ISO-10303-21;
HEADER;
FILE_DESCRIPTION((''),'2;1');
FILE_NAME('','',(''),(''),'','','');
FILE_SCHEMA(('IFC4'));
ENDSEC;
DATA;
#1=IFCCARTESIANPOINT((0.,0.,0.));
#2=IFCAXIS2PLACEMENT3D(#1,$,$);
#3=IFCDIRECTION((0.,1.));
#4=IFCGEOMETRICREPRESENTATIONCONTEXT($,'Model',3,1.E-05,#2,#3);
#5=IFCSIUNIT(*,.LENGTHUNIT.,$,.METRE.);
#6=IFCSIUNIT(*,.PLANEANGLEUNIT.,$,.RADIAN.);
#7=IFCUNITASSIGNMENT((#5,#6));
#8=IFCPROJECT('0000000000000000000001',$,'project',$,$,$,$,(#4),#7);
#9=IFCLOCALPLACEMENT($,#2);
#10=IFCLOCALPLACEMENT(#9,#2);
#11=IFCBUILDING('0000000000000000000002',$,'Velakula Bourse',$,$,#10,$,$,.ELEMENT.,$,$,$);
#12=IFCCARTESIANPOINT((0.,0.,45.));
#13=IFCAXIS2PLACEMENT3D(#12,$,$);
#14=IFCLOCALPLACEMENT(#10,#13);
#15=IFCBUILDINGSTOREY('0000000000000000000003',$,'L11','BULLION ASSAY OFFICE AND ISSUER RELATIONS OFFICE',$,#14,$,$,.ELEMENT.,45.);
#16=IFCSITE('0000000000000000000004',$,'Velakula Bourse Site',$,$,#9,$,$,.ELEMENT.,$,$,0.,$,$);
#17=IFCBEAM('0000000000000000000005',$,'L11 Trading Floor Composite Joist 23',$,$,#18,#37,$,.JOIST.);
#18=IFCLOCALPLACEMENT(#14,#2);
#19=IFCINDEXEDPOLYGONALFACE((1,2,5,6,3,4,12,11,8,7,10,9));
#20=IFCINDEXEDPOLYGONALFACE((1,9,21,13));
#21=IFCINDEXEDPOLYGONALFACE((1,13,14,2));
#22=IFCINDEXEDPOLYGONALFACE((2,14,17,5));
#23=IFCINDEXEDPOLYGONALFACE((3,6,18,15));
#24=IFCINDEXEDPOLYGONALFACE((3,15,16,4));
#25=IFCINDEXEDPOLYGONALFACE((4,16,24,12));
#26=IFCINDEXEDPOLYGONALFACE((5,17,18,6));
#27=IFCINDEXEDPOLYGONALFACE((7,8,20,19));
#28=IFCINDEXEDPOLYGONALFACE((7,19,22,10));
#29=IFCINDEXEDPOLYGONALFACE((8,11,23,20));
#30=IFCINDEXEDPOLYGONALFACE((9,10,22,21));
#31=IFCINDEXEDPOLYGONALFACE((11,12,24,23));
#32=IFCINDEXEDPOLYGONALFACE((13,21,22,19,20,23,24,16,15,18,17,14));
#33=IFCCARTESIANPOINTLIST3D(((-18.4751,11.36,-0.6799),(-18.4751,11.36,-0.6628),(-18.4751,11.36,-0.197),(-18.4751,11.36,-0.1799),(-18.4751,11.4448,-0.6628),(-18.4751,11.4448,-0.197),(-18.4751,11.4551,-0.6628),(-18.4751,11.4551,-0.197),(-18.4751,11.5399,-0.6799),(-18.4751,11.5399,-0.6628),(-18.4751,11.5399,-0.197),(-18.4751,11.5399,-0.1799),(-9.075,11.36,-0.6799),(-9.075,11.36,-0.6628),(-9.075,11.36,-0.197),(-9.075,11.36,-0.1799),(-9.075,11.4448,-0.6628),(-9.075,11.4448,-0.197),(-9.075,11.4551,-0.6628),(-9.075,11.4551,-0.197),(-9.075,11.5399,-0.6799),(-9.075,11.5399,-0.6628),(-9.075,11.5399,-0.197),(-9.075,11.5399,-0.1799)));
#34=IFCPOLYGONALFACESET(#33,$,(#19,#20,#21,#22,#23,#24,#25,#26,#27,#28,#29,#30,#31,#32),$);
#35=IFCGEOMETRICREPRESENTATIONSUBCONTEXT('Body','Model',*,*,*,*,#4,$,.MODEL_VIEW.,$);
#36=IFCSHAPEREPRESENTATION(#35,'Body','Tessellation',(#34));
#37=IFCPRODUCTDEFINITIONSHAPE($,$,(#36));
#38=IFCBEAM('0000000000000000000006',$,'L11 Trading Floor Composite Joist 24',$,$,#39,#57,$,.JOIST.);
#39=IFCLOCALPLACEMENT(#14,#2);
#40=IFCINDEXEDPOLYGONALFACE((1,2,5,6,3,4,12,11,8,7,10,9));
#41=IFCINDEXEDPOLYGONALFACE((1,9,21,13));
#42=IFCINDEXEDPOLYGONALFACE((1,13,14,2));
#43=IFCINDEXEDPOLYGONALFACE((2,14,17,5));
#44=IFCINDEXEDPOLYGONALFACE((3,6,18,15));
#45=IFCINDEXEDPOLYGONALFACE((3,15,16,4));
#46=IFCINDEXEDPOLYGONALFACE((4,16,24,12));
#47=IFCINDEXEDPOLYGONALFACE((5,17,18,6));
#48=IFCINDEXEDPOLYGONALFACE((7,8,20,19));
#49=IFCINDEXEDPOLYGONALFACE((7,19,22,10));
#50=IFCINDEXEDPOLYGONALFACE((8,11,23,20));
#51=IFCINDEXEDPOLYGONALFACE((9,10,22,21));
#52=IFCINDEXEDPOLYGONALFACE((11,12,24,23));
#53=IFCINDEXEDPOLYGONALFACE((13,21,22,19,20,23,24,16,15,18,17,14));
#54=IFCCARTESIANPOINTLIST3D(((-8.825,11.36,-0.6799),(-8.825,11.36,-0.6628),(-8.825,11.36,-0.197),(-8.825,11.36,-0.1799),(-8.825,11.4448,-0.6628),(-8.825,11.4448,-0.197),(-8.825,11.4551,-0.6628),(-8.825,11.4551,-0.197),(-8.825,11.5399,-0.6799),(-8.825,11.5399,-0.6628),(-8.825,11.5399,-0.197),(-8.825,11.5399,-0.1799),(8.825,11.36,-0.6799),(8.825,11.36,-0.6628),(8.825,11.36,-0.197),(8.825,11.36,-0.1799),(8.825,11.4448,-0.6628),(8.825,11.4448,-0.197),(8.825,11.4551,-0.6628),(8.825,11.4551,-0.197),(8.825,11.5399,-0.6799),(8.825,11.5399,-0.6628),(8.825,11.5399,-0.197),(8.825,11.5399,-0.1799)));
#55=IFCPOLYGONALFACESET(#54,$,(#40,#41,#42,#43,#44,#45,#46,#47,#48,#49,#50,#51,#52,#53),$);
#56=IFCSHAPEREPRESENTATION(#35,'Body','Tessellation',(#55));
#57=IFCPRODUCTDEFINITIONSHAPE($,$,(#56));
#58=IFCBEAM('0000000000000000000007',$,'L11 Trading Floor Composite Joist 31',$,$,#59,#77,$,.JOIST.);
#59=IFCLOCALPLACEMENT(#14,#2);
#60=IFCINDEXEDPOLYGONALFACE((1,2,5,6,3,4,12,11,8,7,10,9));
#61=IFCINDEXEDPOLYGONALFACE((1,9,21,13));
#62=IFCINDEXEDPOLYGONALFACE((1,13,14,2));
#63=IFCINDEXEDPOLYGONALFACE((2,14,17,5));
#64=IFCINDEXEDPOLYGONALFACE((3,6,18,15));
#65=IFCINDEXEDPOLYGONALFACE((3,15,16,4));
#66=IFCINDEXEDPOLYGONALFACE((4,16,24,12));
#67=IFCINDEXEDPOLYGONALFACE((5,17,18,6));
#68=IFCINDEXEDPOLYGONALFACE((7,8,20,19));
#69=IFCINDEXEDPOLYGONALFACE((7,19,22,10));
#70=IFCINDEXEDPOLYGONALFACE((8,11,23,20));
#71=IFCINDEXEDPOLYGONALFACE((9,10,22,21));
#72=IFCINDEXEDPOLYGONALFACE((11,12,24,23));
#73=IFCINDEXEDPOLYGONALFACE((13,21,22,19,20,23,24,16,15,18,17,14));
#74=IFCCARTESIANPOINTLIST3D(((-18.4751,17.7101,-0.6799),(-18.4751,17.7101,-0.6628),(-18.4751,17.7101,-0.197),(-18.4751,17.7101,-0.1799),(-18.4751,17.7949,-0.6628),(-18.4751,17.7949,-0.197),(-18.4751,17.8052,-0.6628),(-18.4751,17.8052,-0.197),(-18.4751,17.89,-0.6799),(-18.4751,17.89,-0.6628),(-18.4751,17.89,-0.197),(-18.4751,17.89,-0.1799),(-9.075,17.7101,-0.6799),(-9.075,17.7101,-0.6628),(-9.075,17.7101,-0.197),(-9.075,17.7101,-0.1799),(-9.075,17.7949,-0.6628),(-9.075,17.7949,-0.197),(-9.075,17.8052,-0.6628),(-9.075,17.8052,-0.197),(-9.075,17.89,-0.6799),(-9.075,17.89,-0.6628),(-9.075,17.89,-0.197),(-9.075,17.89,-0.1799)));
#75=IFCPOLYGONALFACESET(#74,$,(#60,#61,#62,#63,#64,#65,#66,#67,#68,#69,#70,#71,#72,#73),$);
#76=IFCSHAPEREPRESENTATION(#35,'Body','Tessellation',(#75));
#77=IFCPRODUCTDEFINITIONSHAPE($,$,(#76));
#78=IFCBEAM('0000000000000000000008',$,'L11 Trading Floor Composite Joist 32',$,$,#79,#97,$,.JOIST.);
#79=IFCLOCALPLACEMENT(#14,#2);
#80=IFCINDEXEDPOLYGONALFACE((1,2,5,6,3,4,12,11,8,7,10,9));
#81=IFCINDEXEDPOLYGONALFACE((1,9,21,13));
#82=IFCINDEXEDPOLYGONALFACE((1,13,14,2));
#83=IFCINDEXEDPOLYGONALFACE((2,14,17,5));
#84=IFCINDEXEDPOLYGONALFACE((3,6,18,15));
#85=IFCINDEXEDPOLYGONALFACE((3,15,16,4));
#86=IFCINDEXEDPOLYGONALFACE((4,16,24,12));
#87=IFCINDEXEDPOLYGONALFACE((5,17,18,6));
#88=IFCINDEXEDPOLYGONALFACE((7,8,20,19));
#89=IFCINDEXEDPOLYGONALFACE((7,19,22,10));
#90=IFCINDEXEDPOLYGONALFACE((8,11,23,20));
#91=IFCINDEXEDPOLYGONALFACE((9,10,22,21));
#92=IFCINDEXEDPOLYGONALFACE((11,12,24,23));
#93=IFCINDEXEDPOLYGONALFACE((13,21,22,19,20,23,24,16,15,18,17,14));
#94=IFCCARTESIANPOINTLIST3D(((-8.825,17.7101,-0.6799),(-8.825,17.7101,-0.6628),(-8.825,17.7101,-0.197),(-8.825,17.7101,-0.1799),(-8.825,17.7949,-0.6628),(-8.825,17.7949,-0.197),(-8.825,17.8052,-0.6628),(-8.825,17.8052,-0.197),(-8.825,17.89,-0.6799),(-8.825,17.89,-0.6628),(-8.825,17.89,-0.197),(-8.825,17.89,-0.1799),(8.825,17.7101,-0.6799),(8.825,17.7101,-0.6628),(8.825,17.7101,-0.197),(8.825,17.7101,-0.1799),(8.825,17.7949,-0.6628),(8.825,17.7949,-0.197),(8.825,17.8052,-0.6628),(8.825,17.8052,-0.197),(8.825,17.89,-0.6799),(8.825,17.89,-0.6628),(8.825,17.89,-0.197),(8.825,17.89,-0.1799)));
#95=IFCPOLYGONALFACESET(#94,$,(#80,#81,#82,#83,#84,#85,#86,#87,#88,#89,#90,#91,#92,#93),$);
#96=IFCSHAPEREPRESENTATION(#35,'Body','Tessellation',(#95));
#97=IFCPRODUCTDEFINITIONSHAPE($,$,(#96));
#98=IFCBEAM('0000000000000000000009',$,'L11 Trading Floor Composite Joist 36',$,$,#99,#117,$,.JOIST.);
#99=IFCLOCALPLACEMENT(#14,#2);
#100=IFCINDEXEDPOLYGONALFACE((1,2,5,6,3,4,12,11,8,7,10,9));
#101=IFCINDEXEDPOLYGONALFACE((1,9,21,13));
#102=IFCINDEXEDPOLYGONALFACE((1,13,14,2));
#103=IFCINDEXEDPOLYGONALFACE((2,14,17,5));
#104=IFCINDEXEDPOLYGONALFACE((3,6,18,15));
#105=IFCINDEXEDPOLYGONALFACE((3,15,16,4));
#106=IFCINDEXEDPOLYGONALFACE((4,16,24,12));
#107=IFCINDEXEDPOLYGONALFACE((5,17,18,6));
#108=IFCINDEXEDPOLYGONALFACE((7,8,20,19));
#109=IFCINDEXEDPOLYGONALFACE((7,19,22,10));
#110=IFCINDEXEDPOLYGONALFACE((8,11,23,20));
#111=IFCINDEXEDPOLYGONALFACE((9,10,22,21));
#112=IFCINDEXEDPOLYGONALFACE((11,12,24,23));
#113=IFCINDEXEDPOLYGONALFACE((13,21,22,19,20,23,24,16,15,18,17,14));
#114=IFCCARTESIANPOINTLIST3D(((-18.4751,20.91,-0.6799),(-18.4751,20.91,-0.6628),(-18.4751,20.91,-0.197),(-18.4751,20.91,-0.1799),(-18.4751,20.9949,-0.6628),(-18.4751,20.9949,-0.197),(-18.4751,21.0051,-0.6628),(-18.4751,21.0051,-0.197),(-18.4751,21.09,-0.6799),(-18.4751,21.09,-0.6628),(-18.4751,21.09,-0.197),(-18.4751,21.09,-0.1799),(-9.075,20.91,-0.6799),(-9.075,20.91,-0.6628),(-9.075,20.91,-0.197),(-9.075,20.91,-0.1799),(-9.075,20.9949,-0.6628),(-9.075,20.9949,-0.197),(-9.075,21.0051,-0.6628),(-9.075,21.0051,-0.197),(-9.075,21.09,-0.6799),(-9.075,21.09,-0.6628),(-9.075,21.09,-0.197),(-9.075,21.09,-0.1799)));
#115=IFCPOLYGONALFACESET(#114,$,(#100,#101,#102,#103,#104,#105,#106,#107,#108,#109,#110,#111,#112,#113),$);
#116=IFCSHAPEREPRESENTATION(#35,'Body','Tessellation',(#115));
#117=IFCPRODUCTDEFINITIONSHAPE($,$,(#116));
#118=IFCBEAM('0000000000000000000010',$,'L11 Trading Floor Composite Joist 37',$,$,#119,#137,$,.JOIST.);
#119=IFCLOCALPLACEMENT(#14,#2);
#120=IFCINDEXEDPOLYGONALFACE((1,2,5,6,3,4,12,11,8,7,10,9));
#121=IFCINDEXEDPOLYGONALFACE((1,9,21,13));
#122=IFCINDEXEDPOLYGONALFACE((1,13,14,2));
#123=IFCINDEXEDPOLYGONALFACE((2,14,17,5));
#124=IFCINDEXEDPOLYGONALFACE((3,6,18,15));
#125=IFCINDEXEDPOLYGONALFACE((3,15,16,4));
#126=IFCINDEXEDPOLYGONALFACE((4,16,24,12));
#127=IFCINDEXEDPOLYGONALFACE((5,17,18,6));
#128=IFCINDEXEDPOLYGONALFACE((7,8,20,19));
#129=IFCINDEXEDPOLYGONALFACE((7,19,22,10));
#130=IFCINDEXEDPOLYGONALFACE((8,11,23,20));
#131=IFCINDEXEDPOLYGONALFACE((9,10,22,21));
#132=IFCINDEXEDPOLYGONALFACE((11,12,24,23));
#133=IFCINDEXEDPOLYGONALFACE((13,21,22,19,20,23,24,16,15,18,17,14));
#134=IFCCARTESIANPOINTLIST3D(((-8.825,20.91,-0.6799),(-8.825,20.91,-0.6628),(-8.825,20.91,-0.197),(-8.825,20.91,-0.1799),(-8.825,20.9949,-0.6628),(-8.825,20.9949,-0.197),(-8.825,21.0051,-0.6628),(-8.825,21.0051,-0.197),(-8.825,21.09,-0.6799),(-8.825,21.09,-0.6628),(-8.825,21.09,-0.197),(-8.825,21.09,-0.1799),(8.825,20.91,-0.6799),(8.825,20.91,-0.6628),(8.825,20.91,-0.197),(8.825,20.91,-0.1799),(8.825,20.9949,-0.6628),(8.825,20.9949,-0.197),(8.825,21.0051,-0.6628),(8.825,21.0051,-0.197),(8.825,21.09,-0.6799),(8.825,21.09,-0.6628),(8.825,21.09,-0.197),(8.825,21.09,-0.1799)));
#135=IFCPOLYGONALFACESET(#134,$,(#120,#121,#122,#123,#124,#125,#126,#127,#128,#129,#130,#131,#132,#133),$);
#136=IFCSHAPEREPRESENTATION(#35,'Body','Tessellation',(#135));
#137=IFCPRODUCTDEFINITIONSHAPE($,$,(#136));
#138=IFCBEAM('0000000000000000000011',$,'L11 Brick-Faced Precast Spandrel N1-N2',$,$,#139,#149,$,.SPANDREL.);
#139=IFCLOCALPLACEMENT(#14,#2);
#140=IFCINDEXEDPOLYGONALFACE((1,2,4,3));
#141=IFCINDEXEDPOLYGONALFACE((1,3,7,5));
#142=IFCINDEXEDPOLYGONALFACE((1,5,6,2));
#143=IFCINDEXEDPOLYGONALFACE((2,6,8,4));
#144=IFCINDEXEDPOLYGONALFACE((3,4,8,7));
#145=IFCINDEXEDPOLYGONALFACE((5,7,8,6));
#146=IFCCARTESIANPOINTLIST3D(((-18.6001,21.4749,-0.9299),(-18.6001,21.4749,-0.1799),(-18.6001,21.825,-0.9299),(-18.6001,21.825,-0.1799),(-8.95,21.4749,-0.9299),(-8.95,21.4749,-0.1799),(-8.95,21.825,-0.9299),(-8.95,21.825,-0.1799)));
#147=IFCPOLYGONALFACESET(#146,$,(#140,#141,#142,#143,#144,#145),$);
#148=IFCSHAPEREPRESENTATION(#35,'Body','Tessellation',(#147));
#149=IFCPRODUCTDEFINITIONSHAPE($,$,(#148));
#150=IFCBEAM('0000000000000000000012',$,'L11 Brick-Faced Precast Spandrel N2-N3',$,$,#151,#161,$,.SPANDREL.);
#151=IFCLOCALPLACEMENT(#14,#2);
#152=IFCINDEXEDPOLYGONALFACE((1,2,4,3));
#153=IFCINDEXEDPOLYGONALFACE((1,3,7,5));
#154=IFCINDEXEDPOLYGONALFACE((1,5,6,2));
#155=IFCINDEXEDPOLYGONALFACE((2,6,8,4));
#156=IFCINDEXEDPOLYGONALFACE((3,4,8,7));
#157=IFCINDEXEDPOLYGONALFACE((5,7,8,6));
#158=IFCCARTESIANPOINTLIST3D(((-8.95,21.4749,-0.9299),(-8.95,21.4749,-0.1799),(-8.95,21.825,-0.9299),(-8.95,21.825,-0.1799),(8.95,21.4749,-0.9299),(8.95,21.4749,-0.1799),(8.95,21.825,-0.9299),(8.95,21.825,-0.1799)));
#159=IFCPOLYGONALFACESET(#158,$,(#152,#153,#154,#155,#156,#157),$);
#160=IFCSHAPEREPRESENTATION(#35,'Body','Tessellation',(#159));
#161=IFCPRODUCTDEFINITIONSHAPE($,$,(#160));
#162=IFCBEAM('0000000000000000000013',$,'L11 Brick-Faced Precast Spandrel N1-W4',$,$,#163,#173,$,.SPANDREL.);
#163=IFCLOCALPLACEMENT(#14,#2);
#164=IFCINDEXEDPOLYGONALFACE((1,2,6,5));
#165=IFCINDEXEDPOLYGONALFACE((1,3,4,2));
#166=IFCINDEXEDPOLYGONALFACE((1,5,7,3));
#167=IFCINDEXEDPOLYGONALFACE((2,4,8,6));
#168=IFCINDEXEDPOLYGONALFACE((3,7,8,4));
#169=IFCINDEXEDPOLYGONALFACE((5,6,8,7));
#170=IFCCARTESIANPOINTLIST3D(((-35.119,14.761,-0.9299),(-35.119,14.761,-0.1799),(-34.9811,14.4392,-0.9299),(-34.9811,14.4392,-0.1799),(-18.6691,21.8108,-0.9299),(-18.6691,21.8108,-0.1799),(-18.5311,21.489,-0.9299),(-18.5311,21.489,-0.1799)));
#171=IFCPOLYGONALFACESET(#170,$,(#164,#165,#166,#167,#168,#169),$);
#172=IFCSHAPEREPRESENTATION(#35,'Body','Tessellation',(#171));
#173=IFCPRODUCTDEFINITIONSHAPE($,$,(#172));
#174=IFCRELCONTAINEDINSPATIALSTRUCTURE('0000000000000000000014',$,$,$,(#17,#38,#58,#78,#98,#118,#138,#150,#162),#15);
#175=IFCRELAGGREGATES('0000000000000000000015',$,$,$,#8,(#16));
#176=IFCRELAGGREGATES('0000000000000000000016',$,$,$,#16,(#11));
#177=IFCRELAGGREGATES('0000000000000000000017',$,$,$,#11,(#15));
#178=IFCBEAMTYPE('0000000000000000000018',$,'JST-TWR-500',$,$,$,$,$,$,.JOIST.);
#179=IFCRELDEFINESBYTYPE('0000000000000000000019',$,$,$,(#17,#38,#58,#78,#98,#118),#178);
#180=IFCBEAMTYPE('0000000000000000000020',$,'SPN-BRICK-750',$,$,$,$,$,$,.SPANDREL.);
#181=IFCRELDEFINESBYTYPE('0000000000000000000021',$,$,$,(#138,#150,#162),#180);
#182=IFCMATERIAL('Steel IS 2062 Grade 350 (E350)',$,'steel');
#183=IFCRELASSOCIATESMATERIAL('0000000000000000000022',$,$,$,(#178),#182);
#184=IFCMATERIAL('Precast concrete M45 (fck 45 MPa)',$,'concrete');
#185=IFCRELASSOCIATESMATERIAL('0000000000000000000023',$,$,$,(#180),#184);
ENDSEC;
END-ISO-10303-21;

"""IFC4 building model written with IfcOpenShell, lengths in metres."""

from ifc_helpers import new_model, si_unit, direction, frame, origin, origin_2d, place, context, subcontext, project, spatial, rectangle, i_section, extrude, material, material_profile, profile_set, type_object, element, save


model = new_model("IFC4")

# Units and contexts
model_context = context("Model", 3, precision=1e-05, world=origin(), true_north=direction((0.0, 1.0)))
body_context = subcontext(model_context, "Body", "Model", "MODEL_VIEW")
ifc_project = project(units=[si_unit("LENGTHUNIT", "METRE"), si_unit("PLANEANGLEUNIT", "RADIAN")], contexts=[model_context])

# Site, building, storey
site_placement = place(None, origin())
site = spatial("IfcSite", under=ifc_project, at=site_placement, Name="Velakula Bourse Site", CompositionType="ELEMENT", RefElevation=0.0)
building_placement = place(site_placement, origin())
building = spatial("IfcBuilding", under=site, at=building_placement, Name="Velakula Bourse", CompositionType="ELEMENT")
storey_placement = place(building_placement, frame((0.0, 0.0, 45.0)))
storey = spatial("IfcBuildingStorey", under=building, at=storey_placement, Name="L11", Description="BULLION ASSAY OFFICE AND ISSUER RELATIONS OFFICE", CompositionType="ELEMENT", Elevation=45.0)

# Shared definitions
ifc_material_1 = material(Name="Precast concrete M45 (fck 45 MPa)", Category="concrete")

# Beams
ifc_material_2 = material(Name="Steel IS 2062 Grade 350 (E350)", Category="steel")
ifc_material_profile_1 = material_profile(ifc_material_2, i_section(OverallWidth=0.1799, OverallDepth=0.5, WebThickness=0.0103, FlangeThickness=0.0171, at=origin_2d()), Name="Steel IS 2062 Grade 350 (E350)")
ifc_profile_set_1 = profile_set([ifc_material_profile_1], Name="Steel IS 2062 Grade 350 (E350)")
beam_type_1 = type_object("IfcBeamType", Name="JST-TWR-500", PredefinedType="JOIST", material=ifc_profile_set_1)
beam_1_placement = place(storey_placement, frame((-18.4751, 11.45, -0.4299), z_axis=(1.0, 0.0, 0.0), x_axis=(0.0, 1.0, 0.0)))
element("IfcBeam", 1, at=beam_1_placement, inside=storey, type_object=beam_type_1, Name="L11 Trading Floor Composite Joist 23", PredefinedType="JOIST", context=body_context, shape_type="SweptSolid", body=[
    extrude(i_section(OverallWidth=0.1799, OverallDepth=0.5, WebThickness=0.0103, FlangeThickness=0.0171, at=origin_2d()), origin(), (0.0, 0.0, 1.0), 9.4001),
])
beam_2_placement = place(storey_placement, frame((-8.825, 11.45, -0.4299), z_axis=(1.0, 0.0, 0.0), x_axis=(0.0, 1.0, 0.0)))
element("IfcBeam", 2, at=beam_2_placement, inside=storey, type_object=beam_type_1, Name="L11 Trading Floor Composite Joist 24", PredefinedType="JOIST", context=body_context, shape_type="SweptSolid", body=[
    extrude(i_section(OverallWidth=0.1799, OverallDepth=0.5, WebThickness=0.0103, FlangeThickness=0.0171, at=origin_2d()), origin(), (0.0, 0.0, 1.0), 17.6499),
])
beam_3_placement = place(storey_placement, frame((-18.4751, 17.8, -0.4299), z_axis=(1.0, 0.0, 0.0), x_axis=(0.0, 1.0, 0.0)))
element("IfcBeam", 3, at=beam_3_placement, inside=storey, type_object=beam_type_1, Name="L11 Trading Floor Composite Joist 31", PredefinedType="JOIST", context=body_context, shape_type="SweptSolid", body=[
    extrude(i_section(OverallWidth=0.1799, OverallDepth=0.5, WebThickness=0.0103, FlangeThickness=0.0171, at=origin_2d()), origin(), (0.0, 0.0, 1.0), 9.4001),
])
beam_4_placement = place(storey_placement, frame((-8.825, 17.8, -0.4299), z_axis=(1.0, 0.0, 0.0), x_axis=(0.0, 1.0, 0.0)))
element("IfcBeam", 4, at=beam_4_placement, inside=storey, type_object=beam_type_1, Name="L11 Trading Floor Composite Joist 32", PredefinedType="JOIST", context=body_context, shape_type="SweptSolid", body=[
    extrude(i_section(OverallWidth=0.1799, OverallDepth=0.5, WebThickness=0.0103, FlangeThickness=0.0171, at=origin_2d()), origin(), (0.0, 0.0, 1.0), 17.6499),
])
beam_5_placement = place(storey_placement, frame((-18.4751, 21.0, -0.4299), z_axis=(1.0, 0.0, 0.0), x_axis=(0.0, 1.0, 0.0)))
element("IfcBeam", 5, at=beam_5_placement, inside=storey, type_object=beam_type_1, Name="L11 Trading Floor Composite Joist 36", PredefinedType="JOIST", context=body_context, shape_type="SweptSolid", body=[
    extrude(i_section(OverallWidth=0.1799, OverallDepth=0.5, WebThickness=0.0103, FlangeThickness=0.0171, at=origin_2d()), origin(), (0.0, 0.0, 1.0), 9.4001),
])
beam_6_placement = place(storey_placement, frame((-8.825, 21.0, -0.4299), z_axis=(1.0, 0.0, 0.0), x_axis=(0.0, 1.0, 0.0)))
element("IfcBeam", 6, at=beam_6_placement, inside=storey, type_object=beam_type_1, Name="L11 Trading Floor Composite Joist 37", PredefinedType="JOIST", context=body_context, shape_type="SweptSolid", body=[
    extrude(i_section(OverallWidth=0.1799, OverallDepth=0.5, WebThickness=0.0103, FlangeThickness=0.0171, at=origin_2d()), origin(), (0.0, 0.0, 1.0), 17.6499),
])
ifc_material_profile_2 = material_profile(ifc_material_1, rectangle(XDim=0.3501, YDim=0.75, at=origin_2d()), Name="Precast concrete M45 (fck 45 MPa)")
ifc_profile_set_2 = profile_set([ifc_material_profile_2], Name="Precast concrete M45 (fck 45 MPa)")
beam_type_2 = type_object("IfcBeamType", Name="SPN-BRICK-750", PredefinedType="SPANDREL", material=ifc_profile_set_2)
beam_7_placement = place(storey_placement, frame((-18.6001, 21.6499, -0.5549), z_axis=(1.0, 0.0, 0.0), x_axis=(0.0, 1.0, 0.0)))
element("IfcBeam", 7, at=beam_7_placement, inside=storey, type_object=beam_type_2, Name="L11 Brick-Faced Precast Spandrel N1-N2", PredefinedType="SPANDREL", context=body_context, shape_type="SweptSolid", body=[
    extrude(rectangle(XDim=0.3501, YDim=0.75, at=origin_2d()), origin(), (0.0, 0.0, 1.0), 9.6501),
])
beam_8_placement = place(storey_placement, frame((-8.95, 21.6499, -0.5549), z_axis=(1.0, 0.0, 0.0), x_axis=(0.0, 1.0, 0.0)))
element("IfcBeam", 8, at=beam_8_placement, inside=storey, type_object=beam_type_2, Name="L11 Brick-Faced Precast Spandrel N2-N3", PredefinedType="SPANDREL", context=body_context, shape_type="SweptSolid", body=[
    extrude(rectangle(XDim=0.3501, YDim=0.75, at=origin_2d()), origin(), (0.0, 0.0, 1.0), 17.8999),
])
beam_9_placement = place(storey_placement, frame((-18.6001, 21.6499, -0.5549), z_axis=(-0.919149, -0.393911, 0.0), x_axis=(0.393911, -0.919149, 0.0)))
element("IfcBeam", 9, at=beam_9_placement, inside=storey, type_object=beam_type_2, Name="L11 Brick-Faced Precast Spandrel N1-W4", PredefinedType="SPANDREL", context=body_context, shape_type="SweptSolid", body=[
    extrude(rectangle(XDim=0.3501, YDim=0.75, at=origin_2d()), origin(), (0.0, 0.0, 1.0), 17.897),
])

save(model, "model.ifc")
